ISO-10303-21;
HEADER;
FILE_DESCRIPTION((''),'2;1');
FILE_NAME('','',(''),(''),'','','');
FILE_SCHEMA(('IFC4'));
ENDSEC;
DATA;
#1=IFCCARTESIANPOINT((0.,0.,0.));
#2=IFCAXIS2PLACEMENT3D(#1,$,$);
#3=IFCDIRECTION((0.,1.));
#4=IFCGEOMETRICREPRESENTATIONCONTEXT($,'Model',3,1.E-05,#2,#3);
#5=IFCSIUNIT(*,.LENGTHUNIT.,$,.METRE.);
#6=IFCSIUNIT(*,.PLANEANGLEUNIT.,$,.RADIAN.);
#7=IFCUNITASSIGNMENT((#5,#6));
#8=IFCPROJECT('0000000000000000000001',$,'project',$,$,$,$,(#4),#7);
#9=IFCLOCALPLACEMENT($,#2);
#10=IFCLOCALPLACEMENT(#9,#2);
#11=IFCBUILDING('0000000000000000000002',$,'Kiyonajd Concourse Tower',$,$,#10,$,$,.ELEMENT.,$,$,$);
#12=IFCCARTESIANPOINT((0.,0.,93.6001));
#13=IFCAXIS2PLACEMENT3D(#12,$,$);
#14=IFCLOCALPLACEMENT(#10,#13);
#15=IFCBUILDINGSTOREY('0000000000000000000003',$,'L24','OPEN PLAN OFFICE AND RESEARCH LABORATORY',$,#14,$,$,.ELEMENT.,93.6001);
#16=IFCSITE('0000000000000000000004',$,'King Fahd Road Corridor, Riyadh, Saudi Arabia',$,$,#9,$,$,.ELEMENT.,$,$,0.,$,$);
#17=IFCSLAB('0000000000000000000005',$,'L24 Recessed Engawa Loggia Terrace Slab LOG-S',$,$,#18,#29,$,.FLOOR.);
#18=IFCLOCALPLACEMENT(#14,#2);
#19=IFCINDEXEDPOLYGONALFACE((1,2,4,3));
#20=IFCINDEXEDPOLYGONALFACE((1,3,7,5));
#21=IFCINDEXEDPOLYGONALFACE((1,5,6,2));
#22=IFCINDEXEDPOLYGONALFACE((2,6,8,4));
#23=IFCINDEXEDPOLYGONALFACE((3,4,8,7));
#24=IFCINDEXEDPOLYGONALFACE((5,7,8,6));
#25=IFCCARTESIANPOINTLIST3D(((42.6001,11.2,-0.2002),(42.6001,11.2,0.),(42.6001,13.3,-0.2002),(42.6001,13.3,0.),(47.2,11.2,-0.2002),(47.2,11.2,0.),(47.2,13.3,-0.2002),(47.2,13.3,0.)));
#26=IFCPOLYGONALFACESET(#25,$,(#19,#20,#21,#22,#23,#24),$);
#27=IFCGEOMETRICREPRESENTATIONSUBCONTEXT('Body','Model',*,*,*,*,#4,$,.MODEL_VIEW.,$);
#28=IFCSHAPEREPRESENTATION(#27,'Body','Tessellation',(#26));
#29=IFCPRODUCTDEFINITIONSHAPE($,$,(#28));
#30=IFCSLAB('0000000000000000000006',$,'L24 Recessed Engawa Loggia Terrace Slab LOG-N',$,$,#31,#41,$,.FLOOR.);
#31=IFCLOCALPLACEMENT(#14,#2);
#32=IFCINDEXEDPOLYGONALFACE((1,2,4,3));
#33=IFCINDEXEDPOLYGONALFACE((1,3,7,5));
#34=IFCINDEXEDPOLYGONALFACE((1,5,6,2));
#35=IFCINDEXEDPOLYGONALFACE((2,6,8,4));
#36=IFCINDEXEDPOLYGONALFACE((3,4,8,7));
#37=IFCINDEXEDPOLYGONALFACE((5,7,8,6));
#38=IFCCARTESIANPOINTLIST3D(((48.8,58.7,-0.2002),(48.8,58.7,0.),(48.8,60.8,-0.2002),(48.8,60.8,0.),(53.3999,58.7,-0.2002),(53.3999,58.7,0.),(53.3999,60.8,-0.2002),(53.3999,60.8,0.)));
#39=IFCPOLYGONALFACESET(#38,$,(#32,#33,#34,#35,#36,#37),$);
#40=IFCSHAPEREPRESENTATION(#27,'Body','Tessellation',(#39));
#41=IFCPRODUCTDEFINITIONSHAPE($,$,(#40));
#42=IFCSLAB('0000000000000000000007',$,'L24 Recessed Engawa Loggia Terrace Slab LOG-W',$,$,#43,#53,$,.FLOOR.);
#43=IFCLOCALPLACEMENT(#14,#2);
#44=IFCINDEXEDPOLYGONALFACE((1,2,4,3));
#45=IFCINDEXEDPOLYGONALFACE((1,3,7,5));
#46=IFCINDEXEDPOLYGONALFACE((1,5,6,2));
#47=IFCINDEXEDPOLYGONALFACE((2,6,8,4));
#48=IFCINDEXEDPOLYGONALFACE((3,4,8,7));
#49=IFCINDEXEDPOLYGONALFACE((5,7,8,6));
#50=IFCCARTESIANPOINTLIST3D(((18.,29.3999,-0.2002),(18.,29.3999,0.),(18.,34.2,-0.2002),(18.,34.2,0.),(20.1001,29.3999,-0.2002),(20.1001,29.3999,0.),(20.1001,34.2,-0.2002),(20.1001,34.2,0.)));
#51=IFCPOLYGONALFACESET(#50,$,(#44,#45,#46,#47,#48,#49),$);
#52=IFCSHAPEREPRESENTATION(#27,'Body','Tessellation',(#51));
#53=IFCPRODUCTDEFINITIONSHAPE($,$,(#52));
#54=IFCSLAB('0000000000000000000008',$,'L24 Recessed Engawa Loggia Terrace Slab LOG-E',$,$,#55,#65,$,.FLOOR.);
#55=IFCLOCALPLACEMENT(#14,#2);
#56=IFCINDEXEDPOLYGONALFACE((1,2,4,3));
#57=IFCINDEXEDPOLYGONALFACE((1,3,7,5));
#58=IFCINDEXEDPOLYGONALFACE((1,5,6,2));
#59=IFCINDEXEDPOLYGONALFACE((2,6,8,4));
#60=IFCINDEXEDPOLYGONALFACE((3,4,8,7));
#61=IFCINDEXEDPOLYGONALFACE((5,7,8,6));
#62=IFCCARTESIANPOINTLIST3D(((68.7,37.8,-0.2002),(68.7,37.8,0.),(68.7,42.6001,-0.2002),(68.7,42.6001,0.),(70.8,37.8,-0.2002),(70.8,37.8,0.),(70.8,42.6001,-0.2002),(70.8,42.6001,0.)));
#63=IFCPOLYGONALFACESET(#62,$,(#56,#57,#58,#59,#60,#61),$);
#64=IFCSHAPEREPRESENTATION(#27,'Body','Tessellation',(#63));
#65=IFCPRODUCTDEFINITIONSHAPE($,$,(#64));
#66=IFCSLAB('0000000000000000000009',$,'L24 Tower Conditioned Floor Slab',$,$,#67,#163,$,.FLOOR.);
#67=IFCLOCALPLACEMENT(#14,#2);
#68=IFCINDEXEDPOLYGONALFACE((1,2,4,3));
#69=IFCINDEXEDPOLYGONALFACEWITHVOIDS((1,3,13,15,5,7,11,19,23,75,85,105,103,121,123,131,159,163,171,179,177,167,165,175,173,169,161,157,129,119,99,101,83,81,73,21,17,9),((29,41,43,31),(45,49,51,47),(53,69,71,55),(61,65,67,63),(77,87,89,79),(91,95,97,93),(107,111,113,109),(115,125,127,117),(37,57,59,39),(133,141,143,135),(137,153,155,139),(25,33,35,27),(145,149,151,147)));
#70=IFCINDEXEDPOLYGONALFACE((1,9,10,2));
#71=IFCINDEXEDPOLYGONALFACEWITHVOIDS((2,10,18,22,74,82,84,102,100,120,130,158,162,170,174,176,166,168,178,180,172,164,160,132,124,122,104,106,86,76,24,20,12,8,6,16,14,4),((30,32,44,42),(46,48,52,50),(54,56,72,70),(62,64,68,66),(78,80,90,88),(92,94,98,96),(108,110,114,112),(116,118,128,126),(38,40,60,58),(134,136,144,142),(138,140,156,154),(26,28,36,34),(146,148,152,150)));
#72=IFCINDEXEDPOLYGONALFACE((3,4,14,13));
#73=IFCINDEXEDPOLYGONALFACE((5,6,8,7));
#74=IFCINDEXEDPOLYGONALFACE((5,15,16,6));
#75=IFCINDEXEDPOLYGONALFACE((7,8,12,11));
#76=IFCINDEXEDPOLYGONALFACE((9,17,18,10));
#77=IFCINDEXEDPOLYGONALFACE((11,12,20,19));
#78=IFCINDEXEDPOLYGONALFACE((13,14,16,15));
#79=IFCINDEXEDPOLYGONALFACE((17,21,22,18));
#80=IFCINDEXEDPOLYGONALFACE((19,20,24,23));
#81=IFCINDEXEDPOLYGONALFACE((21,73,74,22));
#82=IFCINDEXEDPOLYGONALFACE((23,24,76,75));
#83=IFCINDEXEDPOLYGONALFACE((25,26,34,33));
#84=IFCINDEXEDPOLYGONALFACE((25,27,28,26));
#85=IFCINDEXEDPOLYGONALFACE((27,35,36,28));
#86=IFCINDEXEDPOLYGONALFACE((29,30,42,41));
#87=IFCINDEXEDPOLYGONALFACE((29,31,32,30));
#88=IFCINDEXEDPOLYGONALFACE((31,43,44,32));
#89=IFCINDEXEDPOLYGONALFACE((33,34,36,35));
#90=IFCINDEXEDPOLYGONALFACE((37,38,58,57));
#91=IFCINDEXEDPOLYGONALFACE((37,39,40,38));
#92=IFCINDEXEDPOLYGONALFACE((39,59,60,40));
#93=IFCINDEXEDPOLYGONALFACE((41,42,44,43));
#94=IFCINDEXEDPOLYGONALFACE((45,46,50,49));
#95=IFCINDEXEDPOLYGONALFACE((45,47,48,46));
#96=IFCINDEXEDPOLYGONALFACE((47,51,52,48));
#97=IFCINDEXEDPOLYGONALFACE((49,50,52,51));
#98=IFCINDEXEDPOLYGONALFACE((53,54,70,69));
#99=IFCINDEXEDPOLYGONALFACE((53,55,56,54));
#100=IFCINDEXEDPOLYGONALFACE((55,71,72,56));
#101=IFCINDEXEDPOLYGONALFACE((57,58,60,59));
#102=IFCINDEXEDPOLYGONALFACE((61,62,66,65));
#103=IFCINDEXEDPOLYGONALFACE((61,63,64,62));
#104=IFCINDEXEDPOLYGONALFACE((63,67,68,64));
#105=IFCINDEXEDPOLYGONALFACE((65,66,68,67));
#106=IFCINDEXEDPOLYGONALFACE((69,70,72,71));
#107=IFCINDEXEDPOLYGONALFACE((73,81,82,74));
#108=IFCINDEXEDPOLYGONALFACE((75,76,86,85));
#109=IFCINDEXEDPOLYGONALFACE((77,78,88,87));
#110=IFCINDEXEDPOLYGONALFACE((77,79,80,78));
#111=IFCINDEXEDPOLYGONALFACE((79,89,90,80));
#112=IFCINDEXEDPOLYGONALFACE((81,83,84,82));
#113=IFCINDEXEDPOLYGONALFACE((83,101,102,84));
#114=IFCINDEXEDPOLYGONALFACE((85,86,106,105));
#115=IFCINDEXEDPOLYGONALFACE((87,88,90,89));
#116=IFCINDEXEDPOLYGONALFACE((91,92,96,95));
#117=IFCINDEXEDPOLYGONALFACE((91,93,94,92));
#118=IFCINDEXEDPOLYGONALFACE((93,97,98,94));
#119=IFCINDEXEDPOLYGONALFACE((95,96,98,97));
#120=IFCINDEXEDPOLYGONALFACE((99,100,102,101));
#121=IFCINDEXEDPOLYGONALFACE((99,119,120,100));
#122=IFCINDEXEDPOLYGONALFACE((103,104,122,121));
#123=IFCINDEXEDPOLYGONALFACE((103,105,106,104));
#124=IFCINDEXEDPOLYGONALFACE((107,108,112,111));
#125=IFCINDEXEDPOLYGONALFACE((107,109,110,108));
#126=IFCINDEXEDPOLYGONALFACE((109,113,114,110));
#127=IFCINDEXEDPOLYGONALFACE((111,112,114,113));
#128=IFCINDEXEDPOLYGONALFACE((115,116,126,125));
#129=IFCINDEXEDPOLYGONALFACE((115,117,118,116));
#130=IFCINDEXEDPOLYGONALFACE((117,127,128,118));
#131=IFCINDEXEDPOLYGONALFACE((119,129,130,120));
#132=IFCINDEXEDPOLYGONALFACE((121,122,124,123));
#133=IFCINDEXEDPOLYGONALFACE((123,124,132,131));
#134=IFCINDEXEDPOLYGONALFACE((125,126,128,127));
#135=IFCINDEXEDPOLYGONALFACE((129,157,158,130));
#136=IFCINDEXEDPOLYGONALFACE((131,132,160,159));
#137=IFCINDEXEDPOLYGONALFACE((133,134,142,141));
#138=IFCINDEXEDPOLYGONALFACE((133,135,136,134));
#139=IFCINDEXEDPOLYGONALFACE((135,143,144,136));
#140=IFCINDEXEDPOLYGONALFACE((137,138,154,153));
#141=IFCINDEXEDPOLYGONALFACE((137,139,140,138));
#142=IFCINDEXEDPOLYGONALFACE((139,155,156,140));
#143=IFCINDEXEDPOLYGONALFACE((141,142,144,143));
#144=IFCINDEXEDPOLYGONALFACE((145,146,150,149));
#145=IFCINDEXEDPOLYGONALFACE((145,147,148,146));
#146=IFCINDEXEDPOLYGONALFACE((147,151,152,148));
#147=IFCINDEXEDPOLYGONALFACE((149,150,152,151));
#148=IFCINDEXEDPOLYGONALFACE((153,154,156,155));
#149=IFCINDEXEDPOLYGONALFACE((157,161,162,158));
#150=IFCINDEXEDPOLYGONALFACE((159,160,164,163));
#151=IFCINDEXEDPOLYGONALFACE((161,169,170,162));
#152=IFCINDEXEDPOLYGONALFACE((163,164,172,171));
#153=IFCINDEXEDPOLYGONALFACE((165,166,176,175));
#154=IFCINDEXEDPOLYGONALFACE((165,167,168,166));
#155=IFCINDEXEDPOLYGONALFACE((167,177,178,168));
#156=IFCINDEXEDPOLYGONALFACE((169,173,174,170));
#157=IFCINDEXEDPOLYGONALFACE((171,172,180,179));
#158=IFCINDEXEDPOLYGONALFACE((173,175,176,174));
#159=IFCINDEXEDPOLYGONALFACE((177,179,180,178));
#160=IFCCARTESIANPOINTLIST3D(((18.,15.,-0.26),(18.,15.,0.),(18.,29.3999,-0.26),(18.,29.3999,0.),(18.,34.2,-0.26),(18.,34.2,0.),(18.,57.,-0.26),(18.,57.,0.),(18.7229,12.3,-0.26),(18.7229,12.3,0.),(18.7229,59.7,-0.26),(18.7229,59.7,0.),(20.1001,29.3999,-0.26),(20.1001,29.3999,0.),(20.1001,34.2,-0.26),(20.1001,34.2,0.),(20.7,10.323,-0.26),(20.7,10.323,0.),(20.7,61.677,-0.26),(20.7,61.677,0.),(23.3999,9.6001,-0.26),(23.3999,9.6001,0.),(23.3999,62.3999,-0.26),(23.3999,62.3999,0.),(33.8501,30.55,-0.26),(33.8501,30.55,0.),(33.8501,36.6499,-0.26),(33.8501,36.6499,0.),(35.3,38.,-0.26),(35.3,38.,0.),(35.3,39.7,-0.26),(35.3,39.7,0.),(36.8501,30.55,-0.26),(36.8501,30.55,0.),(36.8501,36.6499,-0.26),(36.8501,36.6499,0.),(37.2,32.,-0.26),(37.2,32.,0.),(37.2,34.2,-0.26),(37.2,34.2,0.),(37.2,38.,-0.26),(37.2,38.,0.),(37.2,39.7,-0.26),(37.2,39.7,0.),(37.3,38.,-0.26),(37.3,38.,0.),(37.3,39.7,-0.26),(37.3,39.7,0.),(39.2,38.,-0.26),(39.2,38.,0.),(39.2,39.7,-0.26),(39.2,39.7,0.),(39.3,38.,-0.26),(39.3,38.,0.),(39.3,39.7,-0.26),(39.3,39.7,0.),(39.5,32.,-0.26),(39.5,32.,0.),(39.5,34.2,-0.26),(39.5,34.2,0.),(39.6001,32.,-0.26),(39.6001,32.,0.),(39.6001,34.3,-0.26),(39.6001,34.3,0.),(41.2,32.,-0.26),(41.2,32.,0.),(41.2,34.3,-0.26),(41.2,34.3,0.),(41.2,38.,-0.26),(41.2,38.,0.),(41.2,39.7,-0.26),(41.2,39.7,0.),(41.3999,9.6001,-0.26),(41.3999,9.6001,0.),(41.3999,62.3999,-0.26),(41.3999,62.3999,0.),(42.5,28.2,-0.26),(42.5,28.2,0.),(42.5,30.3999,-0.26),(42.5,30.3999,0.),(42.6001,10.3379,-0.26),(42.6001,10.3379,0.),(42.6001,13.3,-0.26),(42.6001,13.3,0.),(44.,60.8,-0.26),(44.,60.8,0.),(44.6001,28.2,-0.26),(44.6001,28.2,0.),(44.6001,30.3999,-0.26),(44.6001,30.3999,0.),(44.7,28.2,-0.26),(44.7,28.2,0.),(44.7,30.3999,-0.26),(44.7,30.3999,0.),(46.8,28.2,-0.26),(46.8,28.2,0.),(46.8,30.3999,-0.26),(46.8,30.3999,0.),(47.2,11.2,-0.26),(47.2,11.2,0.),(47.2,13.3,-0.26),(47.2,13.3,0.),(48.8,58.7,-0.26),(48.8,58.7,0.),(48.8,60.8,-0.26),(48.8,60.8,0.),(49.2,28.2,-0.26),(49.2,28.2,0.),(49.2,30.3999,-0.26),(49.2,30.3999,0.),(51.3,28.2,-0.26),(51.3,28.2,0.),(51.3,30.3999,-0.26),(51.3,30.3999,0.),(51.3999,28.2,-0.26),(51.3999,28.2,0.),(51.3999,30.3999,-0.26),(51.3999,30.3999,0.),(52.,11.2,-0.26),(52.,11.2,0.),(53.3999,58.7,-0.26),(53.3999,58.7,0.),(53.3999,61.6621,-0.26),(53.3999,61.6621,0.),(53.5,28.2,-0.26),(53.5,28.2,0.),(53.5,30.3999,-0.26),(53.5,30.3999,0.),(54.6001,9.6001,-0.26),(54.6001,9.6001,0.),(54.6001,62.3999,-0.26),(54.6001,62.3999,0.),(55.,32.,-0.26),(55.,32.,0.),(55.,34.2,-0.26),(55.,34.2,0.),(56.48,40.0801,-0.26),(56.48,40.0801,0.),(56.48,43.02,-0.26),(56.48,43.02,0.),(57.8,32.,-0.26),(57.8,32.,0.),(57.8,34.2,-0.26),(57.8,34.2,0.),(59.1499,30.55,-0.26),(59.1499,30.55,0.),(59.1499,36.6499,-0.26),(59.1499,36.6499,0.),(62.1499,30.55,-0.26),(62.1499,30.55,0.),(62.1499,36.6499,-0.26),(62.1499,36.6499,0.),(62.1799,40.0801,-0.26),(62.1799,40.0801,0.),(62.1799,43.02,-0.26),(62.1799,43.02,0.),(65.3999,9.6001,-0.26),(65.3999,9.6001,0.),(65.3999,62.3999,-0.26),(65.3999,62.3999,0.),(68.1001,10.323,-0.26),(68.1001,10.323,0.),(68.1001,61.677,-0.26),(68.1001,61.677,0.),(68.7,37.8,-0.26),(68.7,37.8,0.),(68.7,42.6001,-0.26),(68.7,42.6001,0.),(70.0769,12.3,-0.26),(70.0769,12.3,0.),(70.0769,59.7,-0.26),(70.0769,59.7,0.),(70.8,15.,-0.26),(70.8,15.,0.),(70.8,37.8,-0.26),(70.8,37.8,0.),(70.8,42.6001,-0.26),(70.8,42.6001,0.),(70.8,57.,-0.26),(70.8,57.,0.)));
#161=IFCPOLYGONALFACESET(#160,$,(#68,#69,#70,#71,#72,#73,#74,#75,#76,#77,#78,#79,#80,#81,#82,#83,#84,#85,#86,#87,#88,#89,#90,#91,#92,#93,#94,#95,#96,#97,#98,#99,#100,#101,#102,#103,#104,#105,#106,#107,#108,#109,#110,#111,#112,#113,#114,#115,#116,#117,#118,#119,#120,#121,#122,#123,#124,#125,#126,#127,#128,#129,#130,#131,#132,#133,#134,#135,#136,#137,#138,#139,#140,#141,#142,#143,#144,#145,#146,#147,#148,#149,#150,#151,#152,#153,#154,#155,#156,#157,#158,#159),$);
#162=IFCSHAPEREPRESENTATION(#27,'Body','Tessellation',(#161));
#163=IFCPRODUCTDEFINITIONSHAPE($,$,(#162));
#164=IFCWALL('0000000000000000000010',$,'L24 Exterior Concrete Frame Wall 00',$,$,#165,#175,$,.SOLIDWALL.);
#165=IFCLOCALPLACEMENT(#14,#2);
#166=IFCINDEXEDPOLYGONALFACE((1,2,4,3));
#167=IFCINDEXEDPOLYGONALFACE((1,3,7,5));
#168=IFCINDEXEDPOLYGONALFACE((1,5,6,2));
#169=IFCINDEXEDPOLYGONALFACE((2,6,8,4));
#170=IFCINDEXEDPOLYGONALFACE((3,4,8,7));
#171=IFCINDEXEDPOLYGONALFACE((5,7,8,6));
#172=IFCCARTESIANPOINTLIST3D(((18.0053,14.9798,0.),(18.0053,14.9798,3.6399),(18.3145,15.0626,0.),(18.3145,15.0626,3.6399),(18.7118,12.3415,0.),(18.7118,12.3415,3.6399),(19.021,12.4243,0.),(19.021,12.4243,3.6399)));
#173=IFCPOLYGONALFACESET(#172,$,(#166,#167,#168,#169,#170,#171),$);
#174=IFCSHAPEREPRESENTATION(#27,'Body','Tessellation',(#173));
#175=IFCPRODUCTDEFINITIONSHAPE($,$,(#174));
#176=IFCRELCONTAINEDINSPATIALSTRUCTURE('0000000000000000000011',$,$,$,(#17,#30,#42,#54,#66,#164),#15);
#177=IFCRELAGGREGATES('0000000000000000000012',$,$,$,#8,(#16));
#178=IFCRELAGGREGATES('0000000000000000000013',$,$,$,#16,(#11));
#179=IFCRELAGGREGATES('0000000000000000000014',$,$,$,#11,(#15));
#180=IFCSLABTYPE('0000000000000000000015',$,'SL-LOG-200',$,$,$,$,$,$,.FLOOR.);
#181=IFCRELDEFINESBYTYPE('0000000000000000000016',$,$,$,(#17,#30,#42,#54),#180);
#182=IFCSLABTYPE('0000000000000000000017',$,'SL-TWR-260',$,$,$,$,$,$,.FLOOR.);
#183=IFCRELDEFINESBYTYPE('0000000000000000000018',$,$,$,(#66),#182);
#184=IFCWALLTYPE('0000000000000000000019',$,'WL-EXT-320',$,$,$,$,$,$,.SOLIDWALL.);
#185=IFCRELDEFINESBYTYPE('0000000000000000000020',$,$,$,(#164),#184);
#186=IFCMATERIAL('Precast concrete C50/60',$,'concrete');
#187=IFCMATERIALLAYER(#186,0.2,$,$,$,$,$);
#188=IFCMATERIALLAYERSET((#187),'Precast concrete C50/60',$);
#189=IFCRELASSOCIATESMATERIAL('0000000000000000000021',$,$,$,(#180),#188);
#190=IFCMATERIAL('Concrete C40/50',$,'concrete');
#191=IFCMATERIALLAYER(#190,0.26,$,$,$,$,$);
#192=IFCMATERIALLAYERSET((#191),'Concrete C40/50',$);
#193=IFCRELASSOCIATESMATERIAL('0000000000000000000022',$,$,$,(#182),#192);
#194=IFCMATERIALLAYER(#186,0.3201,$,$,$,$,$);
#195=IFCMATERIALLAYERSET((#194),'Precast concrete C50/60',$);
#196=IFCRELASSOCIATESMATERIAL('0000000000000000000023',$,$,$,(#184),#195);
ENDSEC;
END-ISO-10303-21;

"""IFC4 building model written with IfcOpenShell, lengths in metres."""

from ifc_helpers import new_model, si_unit, direction, frame, frame_2d, origin, place, context, subcontext, project, spatial, polyline, rectangle, outline, extrude, material, layer, layer_set, type_object, element, save


model = new_model("IFC4")

# Units and contexts
model_context = context("Model", 3, precision=1e-05, world=origin(), true_north=direction((0.0, 1.0)))
body_context = subcontext(model_context, "Body", "Model", "MODEL_VIEW")
ifc_project = project(units=[si_unit("LENGTHUNIT", "METRE"), si_unit("PLANEANGLEUNIT", "RADIAN")], contexts=[model_context])

# Site, building, storey
site_placement = place(None, origin())
site = spatial("IfcSite", under=ifc_project, at=site_placement, Name="King Fahd Road Corridor, Riyadh, Saudi Arabia", CompositionType="ELEMENT", RefElevation=0.0)
building_placement = place(site_placement, origin())
building = spatial("IfcBuilding", under=site, at=building_placement, Name="Kiyonajd Concourse Tower", CompositionType="ELEMENT")
storey_placement = place(building_placement, frame((0.0, 0.0, 93.6001)))
storey = spatial("IfcBuildingStorey", under=building, at=storey_placement, Name="L24", Description="OPEN PLAN OFFICE AND RESEARCH LABORATORY", CompositionType="ELEMENT", Elevation=93.6001)

# Shared definitions
ifc_material_1 = material(Name="Precast concrete C50/60", Category="concrete")

# Shared definitions
ifc_material_2 = material(Name="Concrete C40/50", Category="concrete")

# Slabs
ifc_layer_1 = layer(ifc_material_1, 0.2)
ifc_layer_set_1 = layer_set([ifc_layer_1], Name="Precast concrete C50/60")
slab_type_1 = type_object("IfcSlabType", Name="SL-LOG-200", PredefinedType="FLOOR", material=ifc_layer_set_1)
slab_1_placement = place(storey_placement, frame((0.0, 0.0, -0.2002)))
element("IfcSlab", 1, at=slab_1_placement, inside=storey, type_object=slab_type_1, Name="L24 Recessed Engawa Loggia Terrace Slab LOG-S", PredefinedType="FLOOR", context=body_context, shape_type="SweptSolid", body=[
    extrude(outline(polyline([(42.6001, 11.2), (47.2, 11.2), (47.2, 13.3), (42.6001, 13.3), (42.6001, 11.2)])), origin(), (0.0, 0.0, 1.0), 0.2002),
])
slab_2_placement = place(storey_placement, frame((0.0, 0.0, -0.2002)))
element("IfcSlab", 2, at=slab_2_placement, inside=storey, type_object=slab_type_1, Name="L24 Recessed Engawa Loggia Terrace Slab LOG-N", PredefinedType="FLOOR", context=body_context, shape_type="SweptSolid", body=[
    extrude(outline(polyline([(48.8, 58.7), (53.3999, 58.7), (53.3999, 60.8), (48.8, 60.8), (48.8, 58.7)])), origin(), (0.0, 0.0, 1.0), 0.2002),
])
slab_3_placement = place(storey_placement, frame((0.0, 0.0, -0.2002)))
element("IfcSlab", 3, at=slab_3_placement, inside=storey, type_object=slab_type_1, Name="L24 Recessed Engawa Loggia Terrace Slab LOG-W", PredefinedType="FLOOR", context=body_context, shape_type="SweptSolid", body=[
    extrude(outline(polyline([(18.0, 29.3999), (20.1001, 29.3999), (20.1001, 34.2), (18.0, 34.2), (18.0, 29.3999)])), origin(), (0.0, 0.0, 1.0), 0.2002),
])
slab_4_placement = place(storey_placement, frame((0.0, 0.0, -0.2002)))
element("IfcSlab", 4, at=slab_4_placement, inside=storey, type_object=slab_type_1, Name="L24 Recessed Engawa Loggia Terrace Slab LOG-E", PredefinedType="FLOOR", context=body_context, shape_type="SweptSolid", body=[
    extrude(outline(polyline([(68.7, 37.8), (70.8, 37.8), (70.8, 42.6001), (68.7, 42.6001), (68.7, 37.8)])), origin(), (0.0, 0.0, 1.0), 0.2002),
])
ifc_layer_2 = layer(ifc_material_2, 0.26)
ifc_layer_set_2 = layer_set([ifc_layer_2], Name="Concrete C40/50")
slab_type_2 = type_object("IfcSlabType", Name="SL-TWR-260", PredefinedType="FLOOR", material=ifc_layer_set_2)
slab_5_placement = place(storey_placement, frame((0.0, 0.0, -0.26)))
element("IfcSlab", 5, at=slab_5_placement, inside=storey, type_object=slab_type_2, Name="L24 Tower Conditioned Floor Slab", PredefinedType="FLOOR", context=body_context, shape_type="SweptSolid", body=[
    extrude(outline(polyline([(18.7229, 12.3), (18.0, 15.0), (18.0, 29.3999), (20.1001, 29.3999), (20.1001, 34.2), (18.0, 34.2), (18.0, 57.0), (18.7229, 59.7), (20.7, 61.677), (23.3999, 62.3999), (41.3999, 62.3999), (44.0, 60.8), (48.8, 60.8), (48.8, 58.7), (53.3999, 58.7), (53.3999, 61.6621), (54.6001, 62.3999), (65.3999, 62.3999), (68.1001, 61.677), (70.0769, 59.7), (70.8, 57.0), (70.8, 42.6001), (68.7, 42.6001), (68.7, 37.8), (70.8, 37.8), (70.8, 15.0), (70.0769, 12.3), (68.1001, 10.323), (65.3999, 9.6001), (54.6001, 9.6001), (52.0, 11.2), (47.2, 11.2), (47.2, 13.3), (42.6001, 13.3), (42.6001, 10.3379), (41.3999, 9.6001), (23.3999, 9.6001), (20.7, 10.323), (18.7229, 12.3)]), holes=[polyline([(44.6001, 28.2), (42.5, 28.2), (42.5, 30.3999), (44.6001, 30.3999), (44.6001, 28.2)]), polyline([(37.2, 32.0), (37.2, 34.2), (39.5, 34.2), (39.5, 32.0), (37.2, 32.0)]), polyline([(39.6001, 32.0), (39.6001, 34.3), (41.2, 34.3), (41.2, 32.0), (39.6001, 32.0)]), polyline([(36.8501, 30.55), (33.8501, 30.55), (33.8501, 36.6499), (36.8501, 36.6499), (36.8501, 30.55)]), polyline([(35.3, 38.0), (35.3, 39.7), (37.2, 39.7), (37.2, 38.0), (35.3, 38.0)]), polyline([(37.3, 38.0), (37.3, 39.7), (39.2, 39.7), (39.2, 38.0), (37.3, 38.0)]), polyline([(41.2, 38.0), (39.3, 38.0), (39.3, 39.7), (41.2, 39.7), (41.2, 38.0)]), polyline([(44.7, 28.2), (44.7, 30.3999), (46.8, 30.3999), (46.8, 28.2), (44.7, 28.2)]), polyline([(49.2, 28.2), (49.2, 30.3999), (51.3, 30.3999), (51.3, 28.2), (49.2, 28.2)]), polyline([(51.3999, 28.2), (51.3999, 30.3999), (53.5, 30.3999), (53.5, 28.2), (51.3999, 28.2)]), polyline([(55.0, 32.0), (55.0, 34.2), (57.8, 34.2), (57.8, 32.0), (55.0, 32.0)]), polyline([(59.1499, 30.55), (59.1499, 36.6499), (62.1499, 36.6499), (62.1499, 30.55), (59.1499, 30.55)]), polyline([(56.48, 43.02), (62.1799, 43.02), (62.1799, 40.0801), (56.48, 40.0801), (56.48, 43.02)])]), origin(), (0.0, 0.0, 1.0), 0.26),
])

# Wall
ifc_layer_3 = layer(ifc_material_1, 0.3201)
ifc_layer_set_3 = layer_set([ifc_layer_3], Name="Precast concrete C50/60")
wall_type_1 = type_object("IfcWallType", Name="WL-EXT-320", PredefinedType="SOLIDWALL", material=ifc_layer_set_3)
wall_1_placement = place(storey_placement, frame((18.8665, 12.3828, 0.0), z_axis=(0.0, 0.0, 1.0), x_axis=(-0.258697, 0.965958, 0.0)))
element("IfcWall", 6, at=wall_1_placement, inside=storey, type_object=wall_type_1, Name="L24 Exterior Concrete Frame Wall 00", PredefinedType="SOLIDWALL", context=body_context, shape_type="SweptSolid", body=[
    extrude(rectangle(XDim=2.7312, YDim=0.3201, at=frame_2d((1.3657, 0.0))), origin(), (0.0, 0.0, 1.0), 3.6399),
])

save(model, "model.ifc")
